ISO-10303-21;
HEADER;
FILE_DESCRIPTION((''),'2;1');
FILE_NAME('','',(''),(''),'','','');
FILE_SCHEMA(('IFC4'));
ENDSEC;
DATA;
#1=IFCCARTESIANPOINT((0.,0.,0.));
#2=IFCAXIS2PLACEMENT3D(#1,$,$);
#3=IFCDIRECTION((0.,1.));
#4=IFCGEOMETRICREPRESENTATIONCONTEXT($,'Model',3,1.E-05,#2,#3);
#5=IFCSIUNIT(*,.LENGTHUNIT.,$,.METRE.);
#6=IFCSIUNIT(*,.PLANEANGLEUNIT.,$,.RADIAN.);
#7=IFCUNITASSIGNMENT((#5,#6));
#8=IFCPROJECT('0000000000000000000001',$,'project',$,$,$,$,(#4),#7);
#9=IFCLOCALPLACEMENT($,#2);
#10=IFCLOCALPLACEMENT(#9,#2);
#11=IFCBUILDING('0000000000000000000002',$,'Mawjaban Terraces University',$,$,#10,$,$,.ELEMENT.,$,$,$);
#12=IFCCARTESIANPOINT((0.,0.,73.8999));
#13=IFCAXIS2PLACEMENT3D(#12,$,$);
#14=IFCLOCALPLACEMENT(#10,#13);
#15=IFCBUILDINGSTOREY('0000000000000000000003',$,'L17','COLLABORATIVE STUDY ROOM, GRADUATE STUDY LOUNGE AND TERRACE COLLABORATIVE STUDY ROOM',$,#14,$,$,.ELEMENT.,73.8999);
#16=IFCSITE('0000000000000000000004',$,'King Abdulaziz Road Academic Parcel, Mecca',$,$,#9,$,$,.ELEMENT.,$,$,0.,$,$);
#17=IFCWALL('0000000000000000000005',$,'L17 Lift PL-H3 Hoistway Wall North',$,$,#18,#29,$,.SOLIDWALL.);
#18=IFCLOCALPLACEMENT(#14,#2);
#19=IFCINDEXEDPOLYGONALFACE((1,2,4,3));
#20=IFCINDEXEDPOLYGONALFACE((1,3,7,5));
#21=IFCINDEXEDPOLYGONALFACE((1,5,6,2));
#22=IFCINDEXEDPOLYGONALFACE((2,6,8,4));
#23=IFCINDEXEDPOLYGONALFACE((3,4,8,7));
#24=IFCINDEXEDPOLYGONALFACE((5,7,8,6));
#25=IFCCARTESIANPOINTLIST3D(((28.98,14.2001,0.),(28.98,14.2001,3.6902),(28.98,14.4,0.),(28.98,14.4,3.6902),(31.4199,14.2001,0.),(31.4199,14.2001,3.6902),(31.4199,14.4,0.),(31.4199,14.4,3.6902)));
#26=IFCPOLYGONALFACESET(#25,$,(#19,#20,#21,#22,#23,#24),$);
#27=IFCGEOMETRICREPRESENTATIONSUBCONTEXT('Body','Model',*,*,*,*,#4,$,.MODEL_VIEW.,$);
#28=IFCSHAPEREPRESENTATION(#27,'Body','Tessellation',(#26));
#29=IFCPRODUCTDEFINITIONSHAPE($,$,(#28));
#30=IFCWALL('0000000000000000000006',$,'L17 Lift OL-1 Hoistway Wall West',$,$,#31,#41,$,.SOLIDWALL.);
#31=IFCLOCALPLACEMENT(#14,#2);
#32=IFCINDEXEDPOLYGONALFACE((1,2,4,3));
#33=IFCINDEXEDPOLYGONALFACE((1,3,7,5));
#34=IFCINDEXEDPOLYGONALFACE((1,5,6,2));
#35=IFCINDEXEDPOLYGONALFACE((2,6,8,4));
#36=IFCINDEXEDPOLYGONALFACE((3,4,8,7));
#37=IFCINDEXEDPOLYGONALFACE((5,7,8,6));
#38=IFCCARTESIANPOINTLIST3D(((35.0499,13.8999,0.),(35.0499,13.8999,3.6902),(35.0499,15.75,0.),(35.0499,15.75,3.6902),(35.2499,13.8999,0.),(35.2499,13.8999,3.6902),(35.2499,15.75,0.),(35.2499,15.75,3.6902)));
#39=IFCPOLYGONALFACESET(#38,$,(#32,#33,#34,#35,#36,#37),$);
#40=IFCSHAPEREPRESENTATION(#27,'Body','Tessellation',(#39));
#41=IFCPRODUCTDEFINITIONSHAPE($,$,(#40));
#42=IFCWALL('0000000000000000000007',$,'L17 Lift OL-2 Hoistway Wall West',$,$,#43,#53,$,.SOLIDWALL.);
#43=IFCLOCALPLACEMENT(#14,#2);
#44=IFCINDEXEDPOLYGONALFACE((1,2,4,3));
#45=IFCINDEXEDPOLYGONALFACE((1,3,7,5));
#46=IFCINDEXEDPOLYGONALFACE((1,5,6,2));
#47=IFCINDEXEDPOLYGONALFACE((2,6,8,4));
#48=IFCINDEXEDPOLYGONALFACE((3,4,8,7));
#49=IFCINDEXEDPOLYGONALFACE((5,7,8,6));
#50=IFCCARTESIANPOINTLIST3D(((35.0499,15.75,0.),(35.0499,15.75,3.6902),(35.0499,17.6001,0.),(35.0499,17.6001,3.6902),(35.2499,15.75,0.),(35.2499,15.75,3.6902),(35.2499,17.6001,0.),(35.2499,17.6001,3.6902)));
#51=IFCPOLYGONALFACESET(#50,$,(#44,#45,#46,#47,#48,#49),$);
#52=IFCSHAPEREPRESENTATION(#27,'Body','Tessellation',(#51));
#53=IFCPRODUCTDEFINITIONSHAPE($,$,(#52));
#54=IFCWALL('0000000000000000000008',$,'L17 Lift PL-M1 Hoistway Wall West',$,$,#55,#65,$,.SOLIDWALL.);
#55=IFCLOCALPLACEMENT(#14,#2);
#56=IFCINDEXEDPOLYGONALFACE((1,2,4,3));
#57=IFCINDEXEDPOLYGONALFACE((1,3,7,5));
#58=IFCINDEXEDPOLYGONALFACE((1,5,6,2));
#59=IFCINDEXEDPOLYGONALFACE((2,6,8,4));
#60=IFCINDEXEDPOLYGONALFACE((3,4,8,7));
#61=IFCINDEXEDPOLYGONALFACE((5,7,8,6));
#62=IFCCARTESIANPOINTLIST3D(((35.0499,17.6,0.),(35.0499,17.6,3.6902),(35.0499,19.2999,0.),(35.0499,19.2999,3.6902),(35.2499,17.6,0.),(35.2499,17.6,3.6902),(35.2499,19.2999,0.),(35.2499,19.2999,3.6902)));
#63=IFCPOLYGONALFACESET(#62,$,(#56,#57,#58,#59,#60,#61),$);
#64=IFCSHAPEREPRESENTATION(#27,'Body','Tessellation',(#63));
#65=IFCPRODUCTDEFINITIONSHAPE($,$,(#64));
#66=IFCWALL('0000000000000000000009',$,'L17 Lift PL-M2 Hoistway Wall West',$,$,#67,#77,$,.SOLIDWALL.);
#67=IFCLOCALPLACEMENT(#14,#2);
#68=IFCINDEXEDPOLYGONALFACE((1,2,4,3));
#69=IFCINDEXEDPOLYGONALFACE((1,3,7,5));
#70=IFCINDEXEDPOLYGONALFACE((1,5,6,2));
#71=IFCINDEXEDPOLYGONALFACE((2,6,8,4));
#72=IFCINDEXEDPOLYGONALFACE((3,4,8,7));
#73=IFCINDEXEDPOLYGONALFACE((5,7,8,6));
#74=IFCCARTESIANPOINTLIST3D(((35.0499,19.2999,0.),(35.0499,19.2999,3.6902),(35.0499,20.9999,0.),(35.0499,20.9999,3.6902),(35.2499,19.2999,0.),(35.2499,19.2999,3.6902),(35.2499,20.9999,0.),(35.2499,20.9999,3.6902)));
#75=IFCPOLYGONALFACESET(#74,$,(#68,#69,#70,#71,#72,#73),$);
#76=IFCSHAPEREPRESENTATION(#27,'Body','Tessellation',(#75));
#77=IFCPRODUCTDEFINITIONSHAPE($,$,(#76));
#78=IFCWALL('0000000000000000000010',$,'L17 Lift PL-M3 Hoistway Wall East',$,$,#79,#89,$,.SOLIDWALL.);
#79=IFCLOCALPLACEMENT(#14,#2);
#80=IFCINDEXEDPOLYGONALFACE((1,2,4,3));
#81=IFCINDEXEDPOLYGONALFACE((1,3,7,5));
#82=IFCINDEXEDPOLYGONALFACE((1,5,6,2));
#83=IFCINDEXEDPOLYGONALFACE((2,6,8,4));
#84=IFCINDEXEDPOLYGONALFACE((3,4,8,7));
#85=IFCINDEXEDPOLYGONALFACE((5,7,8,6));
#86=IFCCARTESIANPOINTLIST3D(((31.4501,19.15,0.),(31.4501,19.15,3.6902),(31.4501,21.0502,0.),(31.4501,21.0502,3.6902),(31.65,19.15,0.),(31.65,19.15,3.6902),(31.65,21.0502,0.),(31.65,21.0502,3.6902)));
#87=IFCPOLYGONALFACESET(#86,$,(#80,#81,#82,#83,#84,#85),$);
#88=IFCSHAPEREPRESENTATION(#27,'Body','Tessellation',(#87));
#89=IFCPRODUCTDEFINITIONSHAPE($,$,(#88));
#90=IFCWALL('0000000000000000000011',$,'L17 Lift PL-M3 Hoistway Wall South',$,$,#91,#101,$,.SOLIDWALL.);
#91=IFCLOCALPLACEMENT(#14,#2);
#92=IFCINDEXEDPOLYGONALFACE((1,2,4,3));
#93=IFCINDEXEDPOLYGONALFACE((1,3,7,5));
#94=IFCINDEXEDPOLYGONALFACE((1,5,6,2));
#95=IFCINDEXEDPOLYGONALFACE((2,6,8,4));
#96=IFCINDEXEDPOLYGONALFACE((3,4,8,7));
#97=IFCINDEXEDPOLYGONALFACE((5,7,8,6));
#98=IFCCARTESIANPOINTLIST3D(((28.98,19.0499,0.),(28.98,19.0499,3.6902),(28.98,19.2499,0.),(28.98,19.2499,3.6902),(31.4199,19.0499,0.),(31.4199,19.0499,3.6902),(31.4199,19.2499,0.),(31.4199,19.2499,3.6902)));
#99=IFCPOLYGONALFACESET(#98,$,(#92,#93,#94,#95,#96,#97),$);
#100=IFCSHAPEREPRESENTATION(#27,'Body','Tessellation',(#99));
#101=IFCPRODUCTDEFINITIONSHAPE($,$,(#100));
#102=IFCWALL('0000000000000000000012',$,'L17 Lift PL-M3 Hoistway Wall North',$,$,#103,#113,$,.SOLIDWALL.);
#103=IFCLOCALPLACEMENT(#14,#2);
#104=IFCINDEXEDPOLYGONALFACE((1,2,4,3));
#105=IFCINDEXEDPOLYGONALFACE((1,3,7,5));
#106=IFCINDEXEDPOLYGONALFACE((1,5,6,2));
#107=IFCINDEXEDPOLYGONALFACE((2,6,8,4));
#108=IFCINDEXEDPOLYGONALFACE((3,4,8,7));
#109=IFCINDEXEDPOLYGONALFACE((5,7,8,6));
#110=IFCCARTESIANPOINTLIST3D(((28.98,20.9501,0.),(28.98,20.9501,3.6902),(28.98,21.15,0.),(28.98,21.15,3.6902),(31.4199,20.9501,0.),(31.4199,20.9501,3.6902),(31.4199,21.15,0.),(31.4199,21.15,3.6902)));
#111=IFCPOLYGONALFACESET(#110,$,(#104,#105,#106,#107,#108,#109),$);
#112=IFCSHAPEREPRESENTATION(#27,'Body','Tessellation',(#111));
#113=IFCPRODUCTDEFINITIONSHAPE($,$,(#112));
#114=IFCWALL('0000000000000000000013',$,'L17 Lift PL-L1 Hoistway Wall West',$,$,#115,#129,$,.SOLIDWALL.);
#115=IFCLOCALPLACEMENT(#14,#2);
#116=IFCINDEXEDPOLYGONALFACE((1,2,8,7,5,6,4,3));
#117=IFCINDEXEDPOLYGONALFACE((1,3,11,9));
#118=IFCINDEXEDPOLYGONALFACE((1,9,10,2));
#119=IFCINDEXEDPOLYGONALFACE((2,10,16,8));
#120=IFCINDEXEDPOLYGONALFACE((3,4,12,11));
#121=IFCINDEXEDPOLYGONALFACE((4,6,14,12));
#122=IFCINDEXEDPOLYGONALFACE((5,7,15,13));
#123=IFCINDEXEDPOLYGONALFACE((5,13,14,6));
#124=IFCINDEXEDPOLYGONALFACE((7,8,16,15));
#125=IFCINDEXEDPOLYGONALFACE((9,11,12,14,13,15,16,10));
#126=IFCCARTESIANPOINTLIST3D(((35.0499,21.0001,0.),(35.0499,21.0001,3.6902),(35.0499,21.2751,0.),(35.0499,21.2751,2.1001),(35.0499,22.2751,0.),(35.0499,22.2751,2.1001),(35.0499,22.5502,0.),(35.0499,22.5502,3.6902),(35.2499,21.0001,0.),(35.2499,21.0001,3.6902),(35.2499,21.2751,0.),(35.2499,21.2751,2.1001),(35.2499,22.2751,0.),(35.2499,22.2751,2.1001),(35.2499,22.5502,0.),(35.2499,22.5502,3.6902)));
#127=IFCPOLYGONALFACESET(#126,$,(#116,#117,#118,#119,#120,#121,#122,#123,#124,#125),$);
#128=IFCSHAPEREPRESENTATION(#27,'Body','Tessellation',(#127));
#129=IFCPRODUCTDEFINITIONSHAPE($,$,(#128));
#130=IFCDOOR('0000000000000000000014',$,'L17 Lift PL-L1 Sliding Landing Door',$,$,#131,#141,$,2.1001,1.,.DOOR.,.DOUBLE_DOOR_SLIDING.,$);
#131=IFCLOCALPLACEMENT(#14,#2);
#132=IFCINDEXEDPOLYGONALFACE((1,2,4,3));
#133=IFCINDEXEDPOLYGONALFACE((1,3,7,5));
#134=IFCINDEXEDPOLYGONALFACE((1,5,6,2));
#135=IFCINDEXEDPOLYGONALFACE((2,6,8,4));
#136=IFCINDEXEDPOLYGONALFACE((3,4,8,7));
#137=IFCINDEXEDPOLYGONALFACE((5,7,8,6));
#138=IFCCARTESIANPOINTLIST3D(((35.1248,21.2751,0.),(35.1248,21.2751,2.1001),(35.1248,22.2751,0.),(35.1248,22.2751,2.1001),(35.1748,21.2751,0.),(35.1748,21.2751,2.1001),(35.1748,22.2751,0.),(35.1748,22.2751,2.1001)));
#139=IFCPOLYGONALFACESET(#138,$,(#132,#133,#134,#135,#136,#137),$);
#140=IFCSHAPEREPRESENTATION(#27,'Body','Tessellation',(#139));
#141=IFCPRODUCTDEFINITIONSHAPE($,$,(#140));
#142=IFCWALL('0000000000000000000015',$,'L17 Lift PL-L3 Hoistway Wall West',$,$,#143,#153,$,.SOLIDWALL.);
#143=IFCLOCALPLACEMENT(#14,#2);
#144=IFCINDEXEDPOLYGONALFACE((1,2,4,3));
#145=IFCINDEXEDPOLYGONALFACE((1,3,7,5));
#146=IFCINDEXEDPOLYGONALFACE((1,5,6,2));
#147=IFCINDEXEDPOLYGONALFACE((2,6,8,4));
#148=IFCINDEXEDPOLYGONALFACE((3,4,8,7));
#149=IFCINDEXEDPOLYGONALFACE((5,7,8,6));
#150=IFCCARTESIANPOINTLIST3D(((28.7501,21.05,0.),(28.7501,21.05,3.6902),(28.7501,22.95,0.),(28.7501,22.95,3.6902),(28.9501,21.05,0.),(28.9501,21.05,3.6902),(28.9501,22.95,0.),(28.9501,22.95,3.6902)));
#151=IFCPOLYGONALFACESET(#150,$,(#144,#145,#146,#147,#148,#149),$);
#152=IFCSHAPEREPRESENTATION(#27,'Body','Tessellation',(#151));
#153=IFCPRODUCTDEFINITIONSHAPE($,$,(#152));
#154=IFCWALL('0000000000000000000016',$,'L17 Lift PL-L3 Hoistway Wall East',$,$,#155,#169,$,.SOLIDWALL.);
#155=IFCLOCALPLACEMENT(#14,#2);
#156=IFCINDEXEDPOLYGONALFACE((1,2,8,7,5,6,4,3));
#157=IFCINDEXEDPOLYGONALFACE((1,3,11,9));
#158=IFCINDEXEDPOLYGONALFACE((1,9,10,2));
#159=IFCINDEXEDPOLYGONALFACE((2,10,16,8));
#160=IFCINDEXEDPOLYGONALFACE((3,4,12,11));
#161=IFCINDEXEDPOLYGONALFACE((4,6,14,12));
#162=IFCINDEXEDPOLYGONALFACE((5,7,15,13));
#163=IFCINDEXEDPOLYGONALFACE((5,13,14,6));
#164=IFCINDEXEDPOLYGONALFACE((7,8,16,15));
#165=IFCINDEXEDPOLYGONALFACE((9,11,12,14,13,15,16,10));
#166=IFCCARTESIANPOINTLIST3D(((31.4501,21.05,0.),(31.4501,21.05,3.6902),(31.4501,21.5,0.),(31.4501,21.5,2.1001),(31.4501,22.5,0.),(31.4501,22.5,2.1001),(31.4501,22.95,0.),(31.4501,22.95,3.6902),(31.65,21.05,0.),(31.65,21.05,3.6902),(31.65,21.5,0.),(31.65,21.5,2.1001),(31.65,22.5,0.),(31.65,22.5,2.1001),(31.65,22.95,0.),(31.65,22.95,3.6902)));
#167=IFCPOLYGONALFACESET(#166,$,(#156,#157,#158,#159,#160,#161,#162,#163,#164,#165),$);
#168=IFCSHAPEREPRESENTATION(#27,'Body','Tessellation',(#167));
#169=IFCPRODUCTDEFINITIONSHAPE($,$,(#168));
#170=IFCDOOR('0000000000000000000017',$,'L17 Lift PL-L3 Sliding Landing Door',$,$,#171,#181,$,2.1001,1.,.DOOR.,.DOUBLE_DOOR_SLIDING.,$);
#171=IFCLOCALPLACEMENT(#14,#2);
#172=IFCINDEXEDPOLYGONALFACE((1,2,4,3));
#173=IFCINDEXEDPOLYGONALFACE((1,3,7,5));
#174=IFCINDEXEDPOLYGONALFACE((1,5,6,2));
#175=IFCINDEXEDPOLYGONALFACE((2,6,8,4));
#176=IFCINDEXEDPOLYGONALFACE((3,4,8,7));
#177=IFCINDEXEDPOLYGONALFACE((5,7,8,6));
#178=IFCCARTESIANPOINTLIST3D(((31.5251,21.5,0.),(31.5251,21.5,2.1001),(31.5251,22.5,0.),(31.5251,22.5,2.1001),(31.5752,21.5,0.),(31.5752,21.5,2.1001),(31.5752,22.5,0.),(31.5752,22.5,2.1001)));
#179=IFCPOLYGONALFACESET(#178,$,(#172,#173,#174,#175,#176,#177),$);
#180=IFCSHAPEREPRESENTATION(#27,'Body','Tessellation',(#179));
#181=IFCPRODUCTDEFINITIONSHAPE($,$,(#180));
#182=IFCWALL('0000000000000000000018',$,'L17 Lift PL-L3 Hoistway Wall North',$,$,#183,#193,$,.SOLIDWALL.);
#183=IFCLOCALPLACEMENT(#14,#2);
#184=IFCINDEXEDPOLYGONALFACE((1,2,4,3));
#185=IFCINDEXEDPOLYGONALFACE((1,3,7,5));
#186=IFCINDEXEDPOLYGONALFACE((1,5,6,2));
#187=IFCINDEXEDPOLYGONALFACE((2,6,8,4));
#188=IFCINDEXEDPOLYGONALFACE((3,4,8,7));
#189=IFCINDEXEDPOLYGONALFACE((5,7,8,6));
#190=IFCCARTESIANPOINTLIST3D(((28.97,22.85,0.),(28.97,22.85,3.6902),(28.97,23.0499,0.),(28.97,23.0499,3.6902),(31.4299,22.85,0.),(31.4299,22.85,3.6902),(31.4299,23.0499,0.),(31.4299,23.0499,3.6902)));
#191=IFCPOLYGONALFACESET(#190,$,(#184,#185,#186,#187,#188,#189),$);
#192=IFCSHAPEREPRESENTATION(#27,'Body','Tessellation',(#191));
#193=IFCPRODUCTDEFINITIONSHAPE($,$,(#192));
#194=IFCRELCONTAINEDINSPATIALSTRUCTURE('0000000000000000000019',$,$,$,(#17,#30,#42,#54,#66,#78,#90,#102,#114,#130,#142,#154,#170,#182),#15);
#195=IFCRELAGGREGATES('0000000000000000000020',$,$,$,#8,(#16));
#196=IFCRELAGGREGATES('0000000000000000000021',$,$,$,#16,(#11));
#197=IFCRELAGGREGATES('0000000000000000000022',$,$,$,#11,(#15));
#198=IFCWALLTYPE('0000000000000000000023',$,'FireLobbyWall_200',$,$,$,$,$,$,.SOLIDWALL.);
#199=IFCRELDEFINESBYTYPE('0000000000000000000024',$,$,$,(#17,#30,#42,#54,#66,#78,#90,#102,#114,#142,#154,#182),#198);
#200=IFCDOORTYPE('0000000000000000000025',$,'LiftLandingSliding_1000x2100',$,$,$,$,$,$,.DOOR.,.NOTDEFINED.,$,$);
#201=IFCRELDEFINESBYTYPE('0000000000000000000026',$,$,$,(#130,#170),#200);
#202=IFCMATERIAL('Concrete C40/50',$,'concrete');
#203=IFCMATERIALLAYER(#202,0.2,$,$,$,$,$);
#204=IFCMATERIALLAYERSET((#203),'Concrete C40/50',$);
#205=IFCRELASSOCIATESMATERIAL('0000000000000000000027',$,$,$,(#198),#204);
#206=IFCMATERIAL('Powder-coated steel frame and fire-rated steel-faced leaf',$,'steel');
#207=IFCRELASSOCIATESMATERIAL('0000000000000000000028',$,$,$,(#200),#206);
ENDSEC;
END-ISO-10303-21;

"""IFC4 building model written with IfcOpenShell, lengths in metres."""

from ifc_helpers import new_model, si_unit, direction, frame, frame_2d, origin, place, context, subcontext, project, spatial, rectangle, extrude, material, layer, layer_set, type_object, element, fill, save


model = new_model("IFC4")

# Units and contexts
model_context = context("Model", 3, precision=1e-05, world=origin(), true_north=direction((0.0, 1.0)))
body_context = subcontext(model_context, "Body", "Model", "MODEL_VIEW")
ifc_project = project(units=[si_unit("LENGTHUNIT", "METRE"), si_unit("PLANEANGLEUNIT", "RADIAN")], contexts=[model_context])

# Site, building, storey
site_placement = place(None, origin())
site = spatial("IfcSite", under=ifc_project, at=site_placement, Name="King Abdulaziz Road Academic Parcel, Mecca", CompositionType="ELEMENT", RefElevation=0.0)
building_placement = place(site_placement, origin())
building = spatial("IfcBuilding", under=site, at=building_placement, Name="Mawjaban Terraces University", CompositionType="ELEMENT")
storey_placement = place(building_placement, frame((0.0, 0.0, 73.8999)))
storey = spatial("IfcBuildingStorey", under=building, at=storey_placement, Name="L17", Description="COLLABORATIVE STUDY ROOM, GRADUATE STUDY LOUNGE AND TERRACE COLLABORATIVE STUDY ROOM", CompositionType="ELEMENT", Elevation=73.8999)

# Walls
ifc_material_1 = material(Name="Concrete C40/50", Category="concrete")
ifc_layer_1 = layer(ifc_material_1, 0.2)
ifc_layer_set_1 = layer_set([ifc_layer_1], Name="Concrete C40/50")
wall_type_1 = type_object("IfcWallType", Name="FireLobbyWall_200", PredefinedType="SOLIDWALL", material=ifc_layer_set_1)
wall_1_placement = place(storey_placement, frame((31.4199, 14.3, 0.0), z_axis=(0.0, 0.0, 1.0), x_axis=(-1.0, 0.0, 0.0)))
element("IfcWall", 1, at=wall_1_placement, inside=storey, type_object=wall_type_1, Name="L17 Lift PL-H3 Hoistway Wall North", PredefinedType="SOLIDWALL", context=body_context, shape_type="SweptSolid", body=[
    extrude(rectangle(XDim=2.4399, YDim=0.2, at=frame_2d((1.22, 0.0))), origin(), (0.0, 0.0, 1.0), 3.6902),
])
for number, where, z_axis, x_axis, name in (
    (2, (35.1499, 15.75, 0.0), (0.0, 0.0, 1.0), (0.0, -1.0, 0.0), "L17 Lift OL-1 Hoistway Wall West"),
    (3, (35.1499, 17.6001, 0.0), (0.0, 0.0, 1.0), (0.0, -1.0, 0.0), "L17 Lift OL-2 Hoistway Wall West"),
):
    element("IfcWall", number, at=place(storey_placement, frame(where, z_axis=z_axis, x_axis=x_axis)), inside=storey, type_object=wall_type_1, Name=name, PredefinedType="SOLIDWALL", context=body_context, shape_type="SweptSolid", body=[
        extrude(rectangle(XDim=1.8501, YDim=0.2, at=frame_2d((0.925, 0.0))), origin(), (0.0, 0.0, 1.0), 3.6902),
    ])
for number, where, z_axis, x_axis, name in (
    (4, (35.1499, 19.3, 0.0), (0.0, 0.0, 1.0), (0.0, -1.0, 0.0), "L17 Lift PL-M1 Hoistway Wall West"),
    (5, (35.1499, 21.0, 0.0), (0.0, 0.0, 1.0), (0.0, -1.0, 0.0), "L17 Lift PL-M2 Hoistway Wall West"),
):
    element("IfcWall", number, at=place(storey_placement, frame(where, z_axis=z_axis, x_axis=x_axis)), inside=storey, type_object=wall_type_1, Name=name, PredefinedType="SOLIDWALL", context=body_context, shape_type="SweptSolid", body=[
        extrude(rectangle(XDim=1.7, YDim=0.2, at=frame_2d((0.8501, 0.0))), origin(), (0.0, 0.0, 1.0), 3.6902),
    ])
wall_2_placement = place(storey_placement, frame((31.55, 19.1499, 0.0), z_axis=(0.0, 0.0, 1.0), x_axis=(0.0, 1.0, 0.0)))
element("IfcWall", 6, at=wall_2_placement, inside=storey, type_object=wall_type_1, Name="L17 Lift PL-M3 Hoistway Wall East", PredefinedType="SOLIDWALL", context=body_context, shape_type="SweptSolid", body=[
    extrude(rectangle(XDim=1.9001, YDim=0.2, at=frame_2d((0.9502, 0.0))), origin(), (0.0, 0.0, 1.0), 3.6902),
])
for number, where, z_axis, x_axis, name in (
    (7, (28.98, 19.1499, 0.0), (0.0, 0.0, 1.0), (1.0, 0.0, 0.0), "L17 Lift PL-M3 Hoistway Wall South"),
    (8, (31.4199, 21.05, 0.0), (0.0, 0.0, 1.0), (-1.0, 0.0, 0.0), "L17 Lift PL-M3 Hoistway Wall North"),
):
    element("IfcWall", number, at=place(storey_placement, frame(where, z_axis=z_axis, x_axis=x_axis)), inside=storey, type_object=wall_type_1, Name=name, PredefinedType="SOLIDWALL", context=body_context, shape_type="SweptSolid", body=[
        extrude(rectangle(XDim=2.4399, YDim=0.2, at=frame_2d((1.22, 0.0))), origin(), (0.0, 0.0, 1.0), 3.6902),
    ])

# Wall, opening, door
wall_3_placement = place(storey_placement, frame((35.1499, 22.55, 0.0), z_axis=(0.0, 0.0, 1.0), x_axis=(0.0, -1.0, 0.0)))
wall_3 = element("IfcWall", 9, at=wall_3_placement, inside=storey, type_object=wall_type_1, Name="L17 Lift PL-L1 Hoistway Wall West", PredefinedType="SOLIDWALL", context=body_context, shape_type="SweptSolid", body=[
    extrude(rectangle(XDim=1.55, YDim=0.2, at=frame_2d((0.7749, 0.0))), origin(), (0.0, 0.0, 1.0), 3.6902),
])
opening_1_placement = place(wall_3_placement, frame((0.2749, 0.0, 0.0)))
opening_1 = element("IfcOpeningElement", 10, at=opening_1_placement, cuts=wall_3, PredefinedType="OPENING", context=body_context, shape_type="SweptSolid", body=[
    extrude(rectangle(XDim=1.0, YDim=2.1001, at=frame_2d((0.5, 1.05))), frame((0.0, 0.1099, 0.0), z_axis=(0.0, -1.0, 0.0), x_axis=(1.0, 0.0, 0.0)), (0.0, 0.0, 1.0), 0.22),
])
ifc_material_2 = material(Name="Powder-coated steel frame and fire-rated steel-faced leaf", Category="steel")
door_type_1 = type_object("IfcDoorType", Name="LiftLandingSliding_1000x2100", OperationType="NOTDEFINED", PredefinedType="DOOR", material=ifc_material_2)
door_1_placement = place(opening_1_placement, origin())
door_1 = element("IfcDoor", 11, at=door_1_placement, inside=storey, type_object=door_type_1, Name="L17 Lift PL-L1 Sliding Landing Door", OperationType="DOUBLE_DOOR_SLIDING", OverallHeight=2.1001, OverallWidth=1.0, PredefinedType="DOOR", context=body_context, shape_type="SweptSolid", body=[
    extrude(rectangle(XDim=1.0, YDim=2.1001, at=frame_2d((0.5, 1.05))), frame((0.0, 0.0249, 0.0), z_axis=(0.0, -1.0, 0.0), x_axis=(1.0, 0.0, 0.0)), (0.0, 0.0, 1.0), 0.05),
])
fill(opening_1, door_1)

# Wall
wall_4_placement = place(storey_placement, frame((28.8501, 22.95, 0.0), z_axis=(0.0, 0.0, 1.0), x_axis=(0.0, -1.0, 0.0)))
element("IfcWall", 12, at=wall_4_placement, inside=storey, type_object=wall_type_1, Name="L17 Lift PL-L3 Hoistway Wall West", PredefinedType="SOLIDWALL", context=body_context, shape_type="SweptSolid", body=[
    extrude(rectangle(XDim=1.8999, YDim=0.2, at=frame_2d((0.95, 0.0))), origin(), (0.0, 0.0, 1.0), 3.6902),
])

# Wall, opening, door
wall_5_placement = place(storey_placement, frame((31.55, 21.05, 0.0), z_axis=(0.0, 0.0, 1.0), x_axis=(0.0, 1.0, 0.0)))
wall_5 = element("IfcWall", 13, at=wall_5_placement, inside=storey, type_object=wall_type_1, Name="L17 Lift PL-L3 Hoistway Wall East", PredefinedType="SOLIDWALL", context=body_context, shape_type="SweptSolid", body=[
    extrude(rectangle(XDim=1.8999, YDim=0.2, at=frame_2d((0.95, 0.0))), origin(), (0.0, 0.0, 1.0), 3.6902),
])
opening_2_placement = place(wall_5_placement, frame((0.45, 0.0, 0.0)))
opening_2 = element("IfcOpeningElement", 14, at=opening_2_placement, cuts=wall_5, PredefinedType="OPENING", context=body_context, shape_type="SweptSolid", body=[
    extrude(rectangle(XDim=1.0, YDim=2.1001, at=frame_2d((0.5, 1.05))), frame((0.0, 0.1099, 0.0), z_axis=(0.0, -1.0, 0.0), x_axis=(1.0, 0.0, 0.0)), (0.0, 0.0, 1.0), 0.22),
])
door_2_placement = place(opening_2_placement, origin())
door_2 = element("IfcDoor", 15, at=door_2_placement, inside=storey, type_object=door_type_1, Name="L17 Lift PL-L3 Sliding Landing Door", OperationType="DOUBLE_DOOR_SLIDING", OverallHeight=2.1001, OverallWidth=1.0, PredefinedType="DOOR", context=body_context, shape_type="SweptSolid", body=[
    extrude(rectangle(XDim=1.0, YDim=2.1001, at=frame_2d((0.5, 1.05))), frame((0.0, 0.0249, 0.0), z_axis=(0.0, -1.0, 0.0), x_axis=(1.0, 0.0, 0.0)), (0.0, 0.0, 1.0), 0.05),
])
fill(opening_2, door_2)

# Wall
wall_6_placement = place(storey_placement, frame((31.4299, 22.95, 0.0), z_axis=(0.0, 0.0, 1.0), x_axis=(-1.0, 0.0, 0.0)))
element("IfcWall", 16, at=wall_6_placement, inside=storey, type_object=wall_type_1, Name="L17 Lift PL-L3 Hoistway Wall North", PredefinedType="SOLIDWALL", context=body_context, shape_type="SweptSolid", body=[
    extrude(rectangle(XDim=2.46, YDim=0.2, at=frame_2d((1.23, 0.0))), origin(), (0.0, 0.0, 1.0), 3.6902),
])

save(model, "model.ifc")
